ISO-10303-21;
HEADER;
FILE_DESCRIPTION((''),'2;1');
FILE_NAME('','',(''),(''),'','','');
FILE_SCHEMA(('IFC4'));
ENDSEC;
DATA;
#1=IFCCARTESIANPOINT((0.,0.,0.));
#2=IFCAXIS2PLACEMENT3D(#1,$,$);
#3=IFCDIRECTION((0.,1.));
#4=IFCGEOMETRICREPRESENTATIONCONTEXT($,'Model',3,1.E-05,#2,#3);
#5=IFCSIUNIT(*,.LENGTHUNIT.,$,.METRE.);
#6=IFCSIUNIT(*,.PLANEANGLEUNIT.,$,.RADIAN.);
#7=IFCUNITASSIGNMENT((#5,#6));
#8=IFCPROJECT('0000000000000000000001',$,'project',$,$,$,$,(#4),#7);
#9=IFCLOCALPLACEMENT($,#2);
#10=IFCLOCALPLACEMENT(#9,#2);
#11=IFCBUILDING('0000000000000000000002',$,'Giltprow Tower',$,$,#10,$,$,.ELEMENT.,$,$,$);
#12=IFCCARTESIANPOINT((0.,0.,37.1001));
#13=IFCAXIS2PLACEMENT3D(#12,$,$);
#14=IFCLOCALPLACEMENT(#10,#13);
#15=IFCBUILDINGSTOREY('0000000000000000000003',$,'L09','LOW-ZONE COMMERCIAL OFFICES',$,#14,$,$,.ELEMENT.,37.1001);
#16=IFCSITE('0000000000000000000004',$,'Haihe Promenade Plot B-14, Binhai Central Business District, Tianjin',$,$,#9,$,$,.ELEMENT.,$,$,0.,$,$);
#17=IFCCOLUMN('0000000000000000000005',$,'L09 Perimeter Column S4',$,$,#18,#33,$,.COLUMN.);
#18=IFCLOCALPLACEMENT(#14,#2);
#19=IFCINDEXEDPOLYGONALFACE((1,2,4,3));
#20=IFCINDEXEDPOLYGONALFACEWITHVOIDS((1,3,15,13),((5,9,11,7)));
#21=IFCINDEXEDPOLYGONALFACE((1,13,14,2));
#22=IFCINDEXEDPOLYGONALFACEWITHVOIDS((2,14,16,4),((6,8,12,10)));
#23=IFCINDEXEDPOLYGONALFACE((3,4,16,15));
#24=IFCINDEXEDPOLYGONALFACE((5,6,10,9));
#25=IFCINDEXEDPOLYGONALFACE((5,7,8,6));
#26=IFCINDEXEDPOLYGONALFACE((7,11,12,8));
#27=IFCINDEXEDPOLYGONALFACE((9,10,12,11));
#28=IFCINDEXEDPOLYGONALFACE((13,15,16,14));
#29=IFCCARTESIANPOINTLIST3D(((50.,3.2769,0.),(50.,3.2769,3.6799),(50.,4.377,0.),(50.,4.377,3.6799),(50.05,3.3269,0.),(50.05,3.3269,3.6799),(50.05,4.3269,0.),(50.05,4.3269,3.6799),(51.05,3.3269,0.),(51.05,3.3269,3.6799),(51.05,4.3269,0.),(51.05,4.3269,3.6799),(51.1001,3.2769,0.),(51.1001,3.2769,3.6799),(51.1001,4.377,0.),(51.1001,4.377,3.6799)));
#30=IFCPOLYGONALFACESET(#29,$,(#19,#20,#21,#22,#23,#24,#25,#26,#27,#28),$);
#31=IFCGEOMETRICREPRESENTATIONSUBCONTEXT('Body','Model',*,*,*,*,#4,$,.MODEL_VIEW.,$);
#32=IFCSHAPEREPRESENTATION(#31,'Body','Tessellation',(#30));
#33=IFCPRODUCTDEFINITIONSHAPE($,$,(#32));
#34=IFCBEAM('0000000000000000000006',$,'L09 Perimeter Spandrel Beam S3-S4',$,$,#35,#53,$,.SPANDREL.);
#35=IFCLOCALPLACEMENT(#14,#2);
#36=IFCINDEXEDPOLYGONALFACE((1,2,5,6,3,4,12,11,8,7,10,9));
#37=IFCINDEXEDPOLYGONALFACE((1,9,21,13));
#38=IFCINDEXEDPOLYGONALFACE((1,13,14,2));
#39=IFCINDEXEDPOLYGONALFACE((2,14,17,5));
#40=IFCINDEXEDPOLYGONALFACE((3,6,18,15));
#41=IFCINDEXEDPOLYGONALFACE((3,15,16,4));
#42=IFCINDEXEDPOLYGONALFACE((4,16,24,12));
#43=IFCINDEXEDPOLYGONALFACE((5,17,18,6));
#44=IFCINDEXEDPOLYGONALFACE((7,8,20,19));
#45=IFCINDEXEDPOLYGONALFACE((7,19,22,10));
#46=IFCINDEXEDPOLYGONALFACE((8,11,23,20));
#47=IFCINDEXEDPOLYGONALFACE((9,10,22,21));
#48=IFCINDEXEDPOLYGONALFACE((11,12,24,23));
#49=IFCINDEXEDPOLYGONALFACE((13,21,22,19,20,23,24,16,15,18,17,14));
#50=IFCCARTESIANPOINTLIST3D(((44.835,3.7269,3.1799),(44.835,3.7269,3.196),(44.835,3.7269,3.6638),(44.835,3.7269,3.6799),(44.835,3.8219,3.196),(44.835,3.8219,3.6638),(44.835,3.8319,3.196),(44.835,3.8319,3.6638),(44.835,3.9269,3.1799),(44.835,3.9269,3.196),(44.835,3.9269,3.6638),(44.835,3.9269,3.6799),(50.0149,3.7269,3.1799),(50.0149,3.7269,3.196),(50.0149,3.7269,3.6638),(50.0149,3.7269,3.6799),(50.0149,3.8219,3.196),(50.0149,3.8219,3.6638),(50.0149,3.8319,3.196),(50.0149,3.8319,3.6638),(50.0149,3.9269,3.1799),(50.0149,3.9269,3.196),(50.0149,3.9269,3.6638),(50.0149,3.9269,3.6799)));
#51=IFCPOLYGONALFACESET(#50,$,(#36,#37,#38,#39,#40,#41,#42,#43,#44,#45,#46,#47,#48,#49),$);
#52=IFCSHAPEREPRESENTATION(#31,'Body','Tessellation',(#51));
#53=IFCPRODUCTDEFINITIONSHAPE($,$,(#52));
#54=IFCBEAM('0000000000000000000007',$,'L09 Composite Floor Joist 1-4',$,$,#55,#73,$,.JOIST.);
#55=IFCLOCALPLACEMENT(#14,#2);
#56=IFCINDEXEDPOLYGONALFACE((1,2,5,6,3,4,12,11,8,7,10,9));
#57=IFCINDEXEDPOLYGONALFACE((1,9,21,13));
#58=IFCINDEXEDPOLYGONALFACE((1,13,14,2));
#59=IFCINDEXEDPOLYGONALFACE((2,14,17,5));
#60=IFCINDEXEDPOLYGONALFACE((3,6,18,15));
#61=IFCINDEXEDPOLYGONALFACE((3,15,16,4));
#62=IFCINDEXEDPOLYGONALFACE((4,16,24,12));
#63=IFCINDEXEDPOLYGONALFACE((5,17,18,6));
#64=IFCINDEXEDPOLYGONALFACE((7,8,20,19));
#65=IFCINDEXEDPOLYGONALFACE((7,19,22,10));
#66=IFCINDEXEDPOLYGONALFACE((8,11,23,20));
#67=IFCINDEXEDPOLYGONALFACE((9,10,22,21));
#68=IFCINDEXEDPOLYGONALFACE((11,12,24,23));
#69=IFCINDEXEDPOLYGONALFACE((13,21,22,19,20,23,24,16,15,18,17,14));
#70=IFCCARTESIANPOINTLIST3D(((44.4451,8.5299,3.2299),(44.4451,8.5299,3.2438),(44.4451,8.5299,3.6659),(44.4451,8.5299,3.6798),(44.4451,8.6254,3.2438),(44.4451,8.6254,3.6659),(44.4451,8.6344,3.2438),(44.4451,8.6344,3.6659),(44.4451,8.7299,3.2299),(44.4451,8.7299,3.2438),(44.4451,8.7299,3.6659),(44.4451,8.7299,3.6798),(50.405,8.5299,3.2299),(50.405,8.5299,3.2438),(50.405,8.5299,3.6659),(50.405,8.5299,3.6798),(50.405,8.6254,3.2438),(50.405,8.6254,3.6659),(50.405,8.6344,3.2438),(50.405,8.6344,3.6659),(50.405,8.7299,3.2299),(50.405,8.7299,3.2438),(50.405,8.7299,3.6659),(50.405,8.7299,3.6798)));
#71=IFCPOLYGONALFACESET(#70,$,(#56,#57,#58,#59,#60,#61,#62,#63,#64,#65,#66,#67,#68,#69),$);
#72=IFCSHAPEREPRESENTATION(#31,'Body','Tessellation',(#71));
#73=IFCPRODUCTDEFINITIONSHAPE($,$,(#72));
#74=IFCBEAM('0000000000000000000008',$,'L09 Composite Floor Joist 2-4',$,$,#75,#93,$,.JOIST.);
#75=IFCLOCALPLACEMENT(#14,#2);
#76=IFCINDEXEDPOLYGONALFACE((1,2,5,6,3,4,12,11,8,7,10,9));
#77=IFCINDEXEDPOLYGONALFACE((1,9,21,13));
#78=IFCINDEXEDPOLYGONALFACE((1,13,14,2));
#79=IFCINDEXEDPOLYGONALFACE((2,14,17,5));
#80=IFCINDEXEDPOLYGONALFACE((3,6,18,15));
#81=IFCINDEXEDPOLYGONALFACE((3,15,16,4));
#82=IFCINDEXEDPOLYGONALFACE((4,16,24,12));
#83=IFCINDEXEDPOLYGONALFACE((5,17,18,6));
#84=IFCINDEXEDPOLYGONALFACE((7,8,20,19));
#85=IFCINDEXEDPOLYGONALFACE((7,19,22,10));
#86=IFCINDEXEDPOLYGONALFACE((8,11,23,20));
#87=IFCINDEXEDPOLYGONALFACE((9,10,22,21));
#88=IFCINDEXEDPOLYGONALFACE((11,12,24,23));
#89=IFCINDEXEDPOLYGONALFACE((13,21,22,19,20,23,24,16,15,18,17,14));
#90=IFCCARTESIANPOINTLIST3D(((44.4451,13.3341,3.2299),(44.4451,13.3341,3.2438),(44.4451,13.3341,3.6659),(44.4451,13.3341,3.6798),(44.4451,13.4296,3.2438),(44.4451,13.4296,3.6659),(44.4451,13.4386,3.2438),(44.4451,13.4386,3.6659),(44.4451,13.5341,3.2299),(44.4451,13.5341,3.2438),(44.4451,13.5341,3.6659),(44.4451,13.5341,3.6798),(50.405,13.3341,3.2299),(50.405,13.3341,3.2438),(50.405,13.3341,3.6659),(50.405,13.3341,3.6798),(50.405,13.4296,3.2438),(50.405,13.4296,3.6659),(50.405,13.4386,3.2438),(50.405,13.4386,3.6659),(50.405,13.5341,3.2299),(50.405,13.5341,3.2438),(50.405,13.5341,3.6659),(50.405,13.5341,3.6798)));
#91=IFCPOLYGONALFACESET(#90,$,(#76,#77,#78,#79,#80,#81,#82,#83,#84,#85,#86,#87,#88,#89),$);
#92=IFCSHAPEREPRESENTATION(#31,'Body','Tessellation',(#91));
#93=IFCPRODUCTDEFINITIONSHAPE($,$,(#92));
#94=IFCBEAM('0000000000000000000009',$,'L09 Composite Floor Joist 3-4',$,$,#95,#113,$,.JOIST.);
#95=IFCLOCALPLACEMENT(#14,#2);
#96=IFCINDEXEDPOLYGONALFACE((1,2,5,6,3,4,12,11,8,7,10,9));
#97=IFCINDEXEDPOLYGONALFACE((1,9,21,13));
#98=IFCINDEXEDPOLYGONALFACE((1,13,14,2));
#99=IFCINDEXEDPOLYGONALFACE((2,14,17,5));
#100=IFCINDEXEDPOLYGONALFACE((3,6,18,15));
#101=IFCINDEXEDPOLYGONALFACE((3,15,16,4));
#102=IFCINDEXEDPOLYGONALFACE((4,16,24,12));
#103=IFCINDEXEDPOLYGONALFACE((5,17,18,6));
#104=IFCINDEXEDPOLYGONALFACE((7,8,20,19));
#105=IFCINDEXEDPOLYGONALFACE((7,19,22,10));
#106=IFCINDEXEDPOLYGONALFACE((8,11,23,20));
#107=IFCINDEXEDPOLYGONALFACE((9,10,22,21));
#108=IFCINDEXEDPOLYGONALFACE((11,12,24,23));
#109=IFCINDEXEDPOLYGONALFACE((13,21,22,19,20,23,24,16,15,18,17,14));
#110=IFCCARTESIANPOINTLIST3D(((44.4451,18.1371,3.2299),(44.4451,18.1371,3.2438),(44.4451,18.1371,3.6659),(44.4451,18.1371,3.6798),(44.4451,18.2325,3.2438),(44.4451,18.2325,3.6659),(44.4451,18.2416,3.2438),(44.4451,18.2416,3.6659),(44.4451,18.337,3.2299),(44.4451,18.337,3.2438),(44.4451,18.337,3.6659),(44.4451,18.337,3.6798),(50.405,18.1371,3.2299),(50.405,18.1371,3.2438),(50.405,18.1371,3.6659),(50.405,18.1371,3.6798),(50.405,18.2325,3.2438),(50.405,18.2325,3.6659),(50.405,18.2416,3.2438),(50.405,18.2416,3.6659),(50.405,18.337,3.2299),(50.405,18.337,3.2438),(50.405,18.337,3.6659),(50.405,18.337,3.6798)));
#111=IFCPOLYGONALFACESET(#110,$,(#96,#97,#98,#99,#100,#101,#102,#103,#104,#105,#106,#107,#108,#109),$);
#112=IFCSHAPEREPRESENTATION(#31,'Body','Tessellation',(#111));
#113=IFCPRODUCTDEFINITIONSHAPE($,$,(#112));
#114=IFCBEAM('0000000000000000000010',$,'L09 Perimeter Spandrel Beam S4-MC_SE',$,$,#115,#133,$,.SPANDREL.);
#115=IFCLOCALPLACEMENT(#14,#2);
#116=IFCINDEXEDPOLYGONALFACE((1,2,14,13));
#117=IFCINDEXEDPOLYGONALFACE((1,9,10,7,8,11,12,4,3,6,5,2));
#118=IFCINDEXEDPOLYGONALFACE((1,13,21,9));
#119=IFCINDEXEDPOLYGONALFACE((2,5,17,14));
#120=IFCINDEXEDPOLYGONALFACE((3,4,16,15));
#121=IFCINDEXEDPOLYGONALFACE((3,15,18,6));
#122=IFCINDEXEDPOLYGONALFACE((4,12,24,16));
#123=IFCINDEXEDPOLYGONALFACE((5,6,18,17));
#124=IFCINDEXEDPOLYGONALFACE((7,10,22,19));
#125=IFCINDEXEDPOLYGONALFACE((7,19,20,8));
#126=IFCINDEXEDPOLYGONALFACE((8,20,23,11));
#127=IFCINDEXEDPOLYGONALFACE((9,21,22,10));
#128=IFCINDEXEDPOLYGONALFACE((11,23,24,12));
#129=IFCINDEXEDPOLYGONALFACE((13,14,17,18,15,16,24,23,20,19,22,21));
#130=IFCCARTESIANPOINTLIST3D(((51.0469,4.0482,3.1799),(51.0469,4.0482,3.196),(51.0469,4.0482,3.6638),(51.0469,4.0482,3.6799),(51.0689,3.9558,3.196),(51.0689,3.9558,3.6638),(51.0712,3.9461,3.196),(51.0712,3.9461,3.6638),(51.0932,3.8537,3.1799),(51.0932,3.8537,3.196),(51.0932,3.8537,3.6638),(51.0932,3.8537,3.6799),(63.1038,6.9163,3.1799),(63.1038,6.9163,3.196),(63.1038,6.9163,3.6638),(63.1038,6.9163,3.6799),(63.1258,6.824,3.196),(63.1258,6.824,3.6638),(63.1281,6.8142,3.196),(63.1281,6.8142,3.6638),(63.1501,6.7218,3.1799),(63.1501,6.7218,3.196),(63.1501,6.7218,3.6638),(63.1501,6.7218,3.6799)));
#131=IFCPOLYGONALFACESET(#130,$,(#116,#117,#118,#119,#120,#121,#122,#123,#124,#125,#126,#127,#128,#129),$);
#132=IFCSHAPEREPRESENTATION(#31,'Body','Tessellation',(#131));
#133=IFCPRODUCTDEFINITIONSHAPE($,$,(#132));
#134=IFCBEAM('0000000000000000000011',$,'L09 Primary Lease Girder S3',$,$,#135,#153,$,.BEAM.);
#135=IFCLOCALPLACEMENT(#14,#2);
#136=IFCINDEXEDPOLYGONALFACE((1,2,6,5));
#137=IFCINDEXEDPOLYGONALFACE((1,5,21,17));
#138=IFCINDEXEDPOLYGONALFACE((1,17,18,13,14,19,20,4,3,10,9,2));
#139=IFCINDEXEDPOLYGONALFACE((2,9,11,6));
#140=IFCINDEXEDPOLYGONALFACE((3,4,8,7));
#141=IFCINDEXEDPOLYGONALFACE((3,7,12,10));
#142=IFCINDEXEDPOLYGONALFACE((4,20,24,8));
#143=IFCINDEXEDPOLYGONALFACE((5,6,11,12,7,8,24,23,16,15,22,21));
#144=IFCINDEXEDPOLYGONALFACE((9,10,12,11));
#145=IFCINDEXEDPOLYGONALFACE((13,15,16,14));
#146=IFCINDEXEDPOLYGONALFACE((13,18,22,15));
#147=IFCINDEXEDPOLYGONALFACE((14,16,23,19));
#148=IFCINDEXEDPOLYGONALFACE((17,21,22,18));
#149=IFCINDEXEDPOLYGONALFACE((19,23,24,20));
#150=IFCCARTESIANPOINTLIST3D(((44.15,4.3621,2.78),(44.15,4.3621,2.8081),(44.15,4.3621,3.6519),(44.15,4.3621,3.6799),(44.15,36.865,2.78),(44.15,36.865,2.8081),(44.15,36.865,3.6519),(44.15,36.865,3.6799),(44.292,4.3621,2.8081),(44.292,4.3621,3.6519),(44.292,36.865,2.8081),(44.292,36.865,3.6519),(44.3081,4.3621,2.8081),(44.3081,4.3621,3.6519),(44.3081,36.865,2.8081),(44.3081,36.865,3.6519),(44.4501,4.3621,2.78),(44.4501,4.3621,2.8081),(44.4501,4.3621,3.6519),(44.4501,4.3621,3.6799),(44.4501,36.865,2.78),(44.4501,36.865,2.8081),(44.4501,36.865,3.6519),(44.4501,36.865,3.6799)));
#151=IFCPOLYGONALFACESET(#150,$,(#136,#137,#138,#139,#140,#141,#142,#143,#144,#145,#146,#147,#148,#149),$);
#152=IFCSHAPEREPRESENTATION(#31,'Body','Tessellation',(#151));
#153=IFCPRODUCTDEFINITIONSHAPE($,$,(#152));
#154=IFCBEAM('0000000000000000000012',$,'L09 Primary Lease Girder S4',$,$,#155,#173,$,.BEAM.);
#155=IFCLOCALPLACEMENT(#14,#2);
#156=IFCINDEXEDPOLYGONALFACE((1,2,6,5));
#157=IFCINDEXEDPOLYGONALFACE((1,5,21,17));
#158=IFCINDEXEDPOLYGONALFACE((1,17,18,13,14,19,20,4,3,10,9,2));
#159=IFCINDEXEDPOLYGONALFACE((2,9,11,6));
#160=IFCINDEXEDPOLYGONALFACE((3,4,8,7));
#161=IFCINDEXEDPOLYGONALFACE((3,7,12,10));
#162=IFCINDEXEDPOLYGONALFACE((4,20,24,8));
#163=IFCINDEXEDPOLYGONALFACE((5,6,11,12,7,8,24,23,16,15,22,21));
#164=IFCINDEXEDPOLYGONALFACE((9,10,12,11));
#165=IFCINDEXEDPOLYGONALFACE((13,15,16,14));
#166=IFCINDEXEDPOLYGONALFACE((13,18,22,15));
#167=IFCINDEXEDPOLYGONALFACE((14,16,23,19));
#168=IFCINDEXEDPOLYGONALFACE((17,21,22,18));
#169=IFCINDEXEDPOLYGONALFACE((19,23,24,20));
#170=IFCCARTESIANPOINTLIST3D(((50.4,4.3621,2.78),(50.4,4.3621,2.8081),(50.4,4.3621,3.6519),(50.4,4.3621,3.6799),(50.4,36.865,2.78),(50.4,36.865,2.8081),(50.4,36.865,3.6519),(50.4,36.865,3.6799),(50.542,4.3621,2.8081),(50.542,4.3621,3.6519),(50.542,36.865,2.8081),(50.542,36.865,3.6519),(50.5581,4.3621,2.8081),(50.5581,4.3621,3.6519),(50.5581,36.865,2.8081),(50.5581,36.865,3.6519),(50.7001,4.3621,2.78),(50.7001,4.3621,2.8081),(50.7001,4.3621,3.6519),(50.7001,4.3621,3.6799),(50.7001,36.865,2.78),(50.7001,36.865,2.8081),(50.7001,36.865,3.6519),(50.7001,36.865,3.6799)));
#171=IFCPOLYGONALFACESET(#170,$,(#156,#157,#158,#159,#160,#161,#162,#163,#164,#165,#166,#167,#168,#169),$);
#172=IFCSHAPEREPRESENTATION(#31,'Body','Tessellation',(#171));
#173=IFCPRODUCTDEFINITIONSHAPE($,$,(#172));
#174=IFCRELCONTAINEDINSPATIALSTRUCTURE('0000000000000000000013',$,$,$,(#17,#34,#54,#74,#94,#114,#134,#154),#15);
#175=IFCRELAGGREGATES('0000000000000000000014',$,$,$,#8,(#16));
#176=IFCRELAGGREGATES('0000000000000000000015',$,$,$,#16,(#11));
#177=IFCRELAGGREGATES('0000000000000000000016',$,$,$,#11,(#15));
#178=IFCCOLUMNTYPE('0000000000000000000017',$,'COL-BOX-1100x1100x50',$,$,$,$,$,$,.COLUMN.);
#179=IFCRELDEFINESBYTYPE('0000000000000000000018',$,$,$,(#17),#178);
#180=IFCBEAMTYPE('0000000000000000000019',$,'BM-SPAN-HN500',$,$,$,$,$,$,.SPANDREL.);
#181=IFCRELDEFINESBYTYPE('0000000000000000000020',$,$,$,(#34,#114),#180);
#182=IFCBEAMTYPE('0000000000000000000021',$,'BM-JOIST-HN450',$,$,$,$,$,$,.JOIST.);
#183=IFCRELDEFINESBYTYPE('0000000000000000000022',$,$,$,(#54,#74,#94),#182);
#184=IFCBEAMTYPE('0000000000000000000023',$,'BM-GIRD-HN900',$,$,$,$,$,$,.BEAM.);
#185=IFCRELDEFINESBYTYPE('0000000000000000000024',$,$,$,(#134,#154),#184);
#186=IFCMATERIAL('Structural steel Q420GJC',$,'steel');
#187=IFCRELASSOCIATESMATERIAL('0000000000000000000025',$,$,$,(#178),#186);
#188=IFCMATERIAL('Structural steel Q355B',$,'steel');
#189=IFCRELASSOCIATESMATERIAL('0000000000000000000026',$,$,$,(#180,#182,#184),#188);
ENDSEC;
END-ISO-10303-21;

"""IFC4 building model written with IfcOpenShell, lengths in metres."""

from ifc_helpers import new_model, si_unit, direction, frame, origin, origin_2d, place, context, subcontext, project, spatial, hollow_rectangle, i_section, extrude, source, transform, mapped, material, material_profile, profile_set, type_object, element, save


model = new_model("IFC4")

# Units and contexts
model_context = context("Model", 3, precision=1e-05, world=origin(), true_north=direction((0.0, 1.0)))
body_context = subcontext(model_context, "Body", "Model", "MODEL_VIEW")
ifc_project = project(units=[si_unit("LENGTHUNIT", "METRE"), si_unit("PLANEANGLEUNIT", "RADIAN")], contexts=[model_context])

# Site, building, storey
site_placement = place(None, origin())
site = spatial("IfcSite", under=ifc_project, at=site_placement, Name="Haihe Promenade Plot B-14, Binhai Central Business District, Tianjin", CompositionType="ELEMENT", RefElevation=0.0)
building_placement = place(site_placement, origin())
building = spatial("IfcBuilding", under=site, at=building_placement, Name="Giltprow Tower", CompositionType="ELEMENT")
storey_placement = place(building_placement, frame((0.0, 0.0, 37.1001)))
storey = spatial("IfcBuildingStorey", under=building, at=storey_placement, Name="L09", Description="LOW-ZONE COMMERCIAL OFFICES", CompositionType="ELEMENT", Elevation=37.1001)

# Column
ifc_material_1 = material(Name="Structural steel Q420GJC", Category="steel")
ifc_material_profile_1 = material_profile(ifc_material_1, hollow_rectangle(XDim=1.1001, YDim=1.1001, WallThickness=0.05, at=origin_2d()), Name="BOX 1100x1100x50")
ifc_profile_set_1 = profile_set([ifc_material_profile_1], Name="Structural steel Q420GJC")
column_type = type_object("IfcColumnType", Name="COL-BOX-1100x1100x50", PredefinedType="COLUMN", material=ifc_profile_set_1)
shared_shape_1 = source(origin(), body_context, "Body", "SweptSolid", [
    extrude(hollow_rectangle(XDim=1.1001, YDim=1.1001, WallThickness=0.05, at=origin_2d()), origin(), (0.0, 0.0, 1.0), 3.6799),
])
column_placement = place(storey_placement, frame((50.55, 3.8269, 0.0), z_axis=(0.0, 0.0, 1.0), x_axis=(1.0, 0.0, 0.0)))
element("IfcColumn", 1, at=column_placement, inside=storey, type_object=column_type, Name="L09 Perimeter Column S4", PredefinedType="COLUMN", context=body_context, shape_type="MappedRepresentation", body=[
    mapped(shared_shape_1, transform((0.0, 0.0, 0.0), x_axis=(1.0, 0.0, 0.0), y_axis=(0.0, 1.0, 0.0), z_axis=(0.0, 0.0, 1.0), scale=1.0)),
])

# Beams
ifc_material_2 = material(Name="Structural steel Q355B", Category="steel")
ifc_material_profile_2 = material_profile(ifc_material_2, i_section(OverallWidth=0.2, OverallDepth=0.5, WebThickness=0.01, FlangeThickness=0.0161, at=origin_2d()), Name="HN 500x200x10x16")
ifc_profile_set_2 = profile_set([ifc_material_profile_2], Name="Structural steel Q355B")
beam_type_1 = type_object("IfcBeamType", Name="BM-SPAN-HN500", PredefinedType="SPANDREL", material=ifc_profile_set_2)
shared_shape_2 = source(origin(), body_context, "Body", "SweptSolid", [
    extrude(i_section(OverallWidth=0.2, OverallDepth=0.5, WebThickness=0.01, FlangeThickness=0.0161, at=origin_2d()), origin(), (0.0, 0.0, 1.0), 5.1799),
])
beam_1_placement = place(storey_placement, frame((44.835, 3.8269, 3.4299), z_axis=(1.0, 0.0, 0.0), x_axis=(0.0, 1.0, 0.0)))
element("IfcBeam", 2, at=beam_1_placement, inside=storey, type_object=beam_type_1, Name="L09 Perimeter Spandrel Beam S3-S4", PredefinedType="SPANDREL", context=body_context, shape_type="MappedRepresentation", body=[
    mapped(shared_shape_2, transform((0.0, 0.0, 0.0), x_axis=(1.0, 0.0, 0.0), y_axis=(0.0, 1.0, 0.0), z_axis=(0.0, 0.0, 1.0), scale=1.0)),
])
ifc_material_profile_3 = material_profile(ifc_material_2, i_section(OverallWidth=0.2, OverallDepth=0.45, WebThickness=0.009, FlangeThickness=0.0139, at=origin_2d()), Name="HN 450x200x9x14")
ifc_profile_set_3 = profile_set([ifc_material_profile_3], Name="Structural steel Q355B")
beam_type_2 = type_object("IfcBeamType", Name="BM-JOIST-HN450", PredefinedType="JOIST", material=ifc_profile_set_3)
shared_shape_3 = source(origin(), body_context, "Body", "SweptSolid", [
    extrude(i_section(OverallWidth=0.2, OverallDepth=0.45, WebThickness=0.009, FlangeThickness=0.0139, at=origin_2d()), origin(), (0.0, 0.0, 1.0), 5.96),
])
for number, where, z_axis, x_axis, name in (
    (3, (44.4451, 8.6299, 3.4548), (1.0, 0.0, 0.0), (0.0, 1.0, 0.0), "L09 Composite Floor Joist 1-4"),
    (4, (44.4451, 13.4341, 3.4548), (1.0, 0.0, 0.0), (0.0, 1.0, 0.0), "L09 Composite Floor Joist 2-4"),
    (5, (44.4451, 18.2371, 3.4548), (1.0, 0.0, 0.0), (0.0, 1.0, 0.0), "L09 Composite Floor Joist 3-4"),
):
    element("IfcBeam", number, at=place(storey_placement, frame(where, z_axis=z_axis, x_axis=x_axis)), inside=storey, type_object=beam_type_2, Name=name, PredefinedType="JOIST", context=body_context, shape_type="MappedRepresentation", body=[
        mapped(shared_shape_3, transform((0.0, 0.0, 0.0), x_axis=(1.0, 0.0, 0.0), y_axis=(0.0, 1.0, 0.0), z_axis=(0.0, 0.0, 1.0), scale=1.0)),
    ])
shared_shape_4 = source(origin(), body_context, "Body", "SweptSolid", [
    extrude(i_section(OverallWidth=0.2, OverallDepth=0.5, WebThickness=0.01, FlangeThickness=0.0161, at=origin_2d()), origin(), (0.0, 0.0, 1.0), 12.3933),
])
beam_2_placement = place(storey_placement, frame((51.0701, 3.9509, 3.4299), z_axis=(0.972852, 0.231428, 0.0), x_axis=(-0.231428, 0.972852, 0.0)))
element("IfcBeam", 6, at=beam_2_placement, inside=storey, type_object=beam_type_1, Name="L09 Perimeter Spandrel Beam S4-MC_SE", PredefinedType="SPANDREL", context=body_context, shape_type="MappedRepresentation", body=[
    mapped(shared_shape_4, transform((0.0, 0.0, 0.0), x_axis=(1.0, 0.0, 0.0), y_axis=(0.0, 1.0, 0.0), z_axis=(0.0, 0.0, 1.0), scale=1.0)),
])
ifc_material_profile_4 = material_profile(ifc_material_2, i_section(OverallWidth=0.3, OverallDepth=0.8999, WebThickness=0.0161, FlangeThickness=0.0281, at=origin_2d()), Name="HN 900x300x16x28")
ifc_profile_set_4 = profile_set([ifc_material_profile_4], Name="Structural steel Q355B")
beam_type_3 = type_object("IfcBeamType", Name="BM-GIRD-HN900", PredefinedType="BEAM", material=ifc_profile_set_4)
shared_shape_5 = source(origin(), body_context, "Body", "SweptSolid", [
    extrude(i_section(OverallWidth=0.3, OverallDepth=0.8999, WebThickness=0.0161, FlangeThickness=0.0281, at=origin_2d()), origin(), (0.0, 0.0, 1.0), 32.5029),
])
for number, where, z_axis, x_axis, name in (
    (7, (44.3, 4.3621, 3.23), (0.0, 1.0, 0.0), (-1.0, 0.0, 0.0), "L09 Primary Lease Girder S3"),
    (8, (50.55, 4.3621, 3.23), (0.0, 1.0, 0.0), (-1.0, 0.0, 0.0), "L09 Primary Lease Girder S4"),
):
    element("IfcBeam", number, at=place(storey_placement, frame(where, z_axis=z_axis, x_axis=x_axis)), inside=storey, type_object=beam_type_3, Name=name, PredefinedType="BEAM", context=body_context, shape_type="MappedRepresentation", body=[
        mapped(shared_shape_5, transform((0.0, 0.0, 0.0), x_axis=(1.0, 0.0, 0.0), y_axis=(0.0, 1.0, 0.0), z_axis=(0.0, 0.0, 1.0), scale=1.0)),
    ])

save(model, "model.ifc")
